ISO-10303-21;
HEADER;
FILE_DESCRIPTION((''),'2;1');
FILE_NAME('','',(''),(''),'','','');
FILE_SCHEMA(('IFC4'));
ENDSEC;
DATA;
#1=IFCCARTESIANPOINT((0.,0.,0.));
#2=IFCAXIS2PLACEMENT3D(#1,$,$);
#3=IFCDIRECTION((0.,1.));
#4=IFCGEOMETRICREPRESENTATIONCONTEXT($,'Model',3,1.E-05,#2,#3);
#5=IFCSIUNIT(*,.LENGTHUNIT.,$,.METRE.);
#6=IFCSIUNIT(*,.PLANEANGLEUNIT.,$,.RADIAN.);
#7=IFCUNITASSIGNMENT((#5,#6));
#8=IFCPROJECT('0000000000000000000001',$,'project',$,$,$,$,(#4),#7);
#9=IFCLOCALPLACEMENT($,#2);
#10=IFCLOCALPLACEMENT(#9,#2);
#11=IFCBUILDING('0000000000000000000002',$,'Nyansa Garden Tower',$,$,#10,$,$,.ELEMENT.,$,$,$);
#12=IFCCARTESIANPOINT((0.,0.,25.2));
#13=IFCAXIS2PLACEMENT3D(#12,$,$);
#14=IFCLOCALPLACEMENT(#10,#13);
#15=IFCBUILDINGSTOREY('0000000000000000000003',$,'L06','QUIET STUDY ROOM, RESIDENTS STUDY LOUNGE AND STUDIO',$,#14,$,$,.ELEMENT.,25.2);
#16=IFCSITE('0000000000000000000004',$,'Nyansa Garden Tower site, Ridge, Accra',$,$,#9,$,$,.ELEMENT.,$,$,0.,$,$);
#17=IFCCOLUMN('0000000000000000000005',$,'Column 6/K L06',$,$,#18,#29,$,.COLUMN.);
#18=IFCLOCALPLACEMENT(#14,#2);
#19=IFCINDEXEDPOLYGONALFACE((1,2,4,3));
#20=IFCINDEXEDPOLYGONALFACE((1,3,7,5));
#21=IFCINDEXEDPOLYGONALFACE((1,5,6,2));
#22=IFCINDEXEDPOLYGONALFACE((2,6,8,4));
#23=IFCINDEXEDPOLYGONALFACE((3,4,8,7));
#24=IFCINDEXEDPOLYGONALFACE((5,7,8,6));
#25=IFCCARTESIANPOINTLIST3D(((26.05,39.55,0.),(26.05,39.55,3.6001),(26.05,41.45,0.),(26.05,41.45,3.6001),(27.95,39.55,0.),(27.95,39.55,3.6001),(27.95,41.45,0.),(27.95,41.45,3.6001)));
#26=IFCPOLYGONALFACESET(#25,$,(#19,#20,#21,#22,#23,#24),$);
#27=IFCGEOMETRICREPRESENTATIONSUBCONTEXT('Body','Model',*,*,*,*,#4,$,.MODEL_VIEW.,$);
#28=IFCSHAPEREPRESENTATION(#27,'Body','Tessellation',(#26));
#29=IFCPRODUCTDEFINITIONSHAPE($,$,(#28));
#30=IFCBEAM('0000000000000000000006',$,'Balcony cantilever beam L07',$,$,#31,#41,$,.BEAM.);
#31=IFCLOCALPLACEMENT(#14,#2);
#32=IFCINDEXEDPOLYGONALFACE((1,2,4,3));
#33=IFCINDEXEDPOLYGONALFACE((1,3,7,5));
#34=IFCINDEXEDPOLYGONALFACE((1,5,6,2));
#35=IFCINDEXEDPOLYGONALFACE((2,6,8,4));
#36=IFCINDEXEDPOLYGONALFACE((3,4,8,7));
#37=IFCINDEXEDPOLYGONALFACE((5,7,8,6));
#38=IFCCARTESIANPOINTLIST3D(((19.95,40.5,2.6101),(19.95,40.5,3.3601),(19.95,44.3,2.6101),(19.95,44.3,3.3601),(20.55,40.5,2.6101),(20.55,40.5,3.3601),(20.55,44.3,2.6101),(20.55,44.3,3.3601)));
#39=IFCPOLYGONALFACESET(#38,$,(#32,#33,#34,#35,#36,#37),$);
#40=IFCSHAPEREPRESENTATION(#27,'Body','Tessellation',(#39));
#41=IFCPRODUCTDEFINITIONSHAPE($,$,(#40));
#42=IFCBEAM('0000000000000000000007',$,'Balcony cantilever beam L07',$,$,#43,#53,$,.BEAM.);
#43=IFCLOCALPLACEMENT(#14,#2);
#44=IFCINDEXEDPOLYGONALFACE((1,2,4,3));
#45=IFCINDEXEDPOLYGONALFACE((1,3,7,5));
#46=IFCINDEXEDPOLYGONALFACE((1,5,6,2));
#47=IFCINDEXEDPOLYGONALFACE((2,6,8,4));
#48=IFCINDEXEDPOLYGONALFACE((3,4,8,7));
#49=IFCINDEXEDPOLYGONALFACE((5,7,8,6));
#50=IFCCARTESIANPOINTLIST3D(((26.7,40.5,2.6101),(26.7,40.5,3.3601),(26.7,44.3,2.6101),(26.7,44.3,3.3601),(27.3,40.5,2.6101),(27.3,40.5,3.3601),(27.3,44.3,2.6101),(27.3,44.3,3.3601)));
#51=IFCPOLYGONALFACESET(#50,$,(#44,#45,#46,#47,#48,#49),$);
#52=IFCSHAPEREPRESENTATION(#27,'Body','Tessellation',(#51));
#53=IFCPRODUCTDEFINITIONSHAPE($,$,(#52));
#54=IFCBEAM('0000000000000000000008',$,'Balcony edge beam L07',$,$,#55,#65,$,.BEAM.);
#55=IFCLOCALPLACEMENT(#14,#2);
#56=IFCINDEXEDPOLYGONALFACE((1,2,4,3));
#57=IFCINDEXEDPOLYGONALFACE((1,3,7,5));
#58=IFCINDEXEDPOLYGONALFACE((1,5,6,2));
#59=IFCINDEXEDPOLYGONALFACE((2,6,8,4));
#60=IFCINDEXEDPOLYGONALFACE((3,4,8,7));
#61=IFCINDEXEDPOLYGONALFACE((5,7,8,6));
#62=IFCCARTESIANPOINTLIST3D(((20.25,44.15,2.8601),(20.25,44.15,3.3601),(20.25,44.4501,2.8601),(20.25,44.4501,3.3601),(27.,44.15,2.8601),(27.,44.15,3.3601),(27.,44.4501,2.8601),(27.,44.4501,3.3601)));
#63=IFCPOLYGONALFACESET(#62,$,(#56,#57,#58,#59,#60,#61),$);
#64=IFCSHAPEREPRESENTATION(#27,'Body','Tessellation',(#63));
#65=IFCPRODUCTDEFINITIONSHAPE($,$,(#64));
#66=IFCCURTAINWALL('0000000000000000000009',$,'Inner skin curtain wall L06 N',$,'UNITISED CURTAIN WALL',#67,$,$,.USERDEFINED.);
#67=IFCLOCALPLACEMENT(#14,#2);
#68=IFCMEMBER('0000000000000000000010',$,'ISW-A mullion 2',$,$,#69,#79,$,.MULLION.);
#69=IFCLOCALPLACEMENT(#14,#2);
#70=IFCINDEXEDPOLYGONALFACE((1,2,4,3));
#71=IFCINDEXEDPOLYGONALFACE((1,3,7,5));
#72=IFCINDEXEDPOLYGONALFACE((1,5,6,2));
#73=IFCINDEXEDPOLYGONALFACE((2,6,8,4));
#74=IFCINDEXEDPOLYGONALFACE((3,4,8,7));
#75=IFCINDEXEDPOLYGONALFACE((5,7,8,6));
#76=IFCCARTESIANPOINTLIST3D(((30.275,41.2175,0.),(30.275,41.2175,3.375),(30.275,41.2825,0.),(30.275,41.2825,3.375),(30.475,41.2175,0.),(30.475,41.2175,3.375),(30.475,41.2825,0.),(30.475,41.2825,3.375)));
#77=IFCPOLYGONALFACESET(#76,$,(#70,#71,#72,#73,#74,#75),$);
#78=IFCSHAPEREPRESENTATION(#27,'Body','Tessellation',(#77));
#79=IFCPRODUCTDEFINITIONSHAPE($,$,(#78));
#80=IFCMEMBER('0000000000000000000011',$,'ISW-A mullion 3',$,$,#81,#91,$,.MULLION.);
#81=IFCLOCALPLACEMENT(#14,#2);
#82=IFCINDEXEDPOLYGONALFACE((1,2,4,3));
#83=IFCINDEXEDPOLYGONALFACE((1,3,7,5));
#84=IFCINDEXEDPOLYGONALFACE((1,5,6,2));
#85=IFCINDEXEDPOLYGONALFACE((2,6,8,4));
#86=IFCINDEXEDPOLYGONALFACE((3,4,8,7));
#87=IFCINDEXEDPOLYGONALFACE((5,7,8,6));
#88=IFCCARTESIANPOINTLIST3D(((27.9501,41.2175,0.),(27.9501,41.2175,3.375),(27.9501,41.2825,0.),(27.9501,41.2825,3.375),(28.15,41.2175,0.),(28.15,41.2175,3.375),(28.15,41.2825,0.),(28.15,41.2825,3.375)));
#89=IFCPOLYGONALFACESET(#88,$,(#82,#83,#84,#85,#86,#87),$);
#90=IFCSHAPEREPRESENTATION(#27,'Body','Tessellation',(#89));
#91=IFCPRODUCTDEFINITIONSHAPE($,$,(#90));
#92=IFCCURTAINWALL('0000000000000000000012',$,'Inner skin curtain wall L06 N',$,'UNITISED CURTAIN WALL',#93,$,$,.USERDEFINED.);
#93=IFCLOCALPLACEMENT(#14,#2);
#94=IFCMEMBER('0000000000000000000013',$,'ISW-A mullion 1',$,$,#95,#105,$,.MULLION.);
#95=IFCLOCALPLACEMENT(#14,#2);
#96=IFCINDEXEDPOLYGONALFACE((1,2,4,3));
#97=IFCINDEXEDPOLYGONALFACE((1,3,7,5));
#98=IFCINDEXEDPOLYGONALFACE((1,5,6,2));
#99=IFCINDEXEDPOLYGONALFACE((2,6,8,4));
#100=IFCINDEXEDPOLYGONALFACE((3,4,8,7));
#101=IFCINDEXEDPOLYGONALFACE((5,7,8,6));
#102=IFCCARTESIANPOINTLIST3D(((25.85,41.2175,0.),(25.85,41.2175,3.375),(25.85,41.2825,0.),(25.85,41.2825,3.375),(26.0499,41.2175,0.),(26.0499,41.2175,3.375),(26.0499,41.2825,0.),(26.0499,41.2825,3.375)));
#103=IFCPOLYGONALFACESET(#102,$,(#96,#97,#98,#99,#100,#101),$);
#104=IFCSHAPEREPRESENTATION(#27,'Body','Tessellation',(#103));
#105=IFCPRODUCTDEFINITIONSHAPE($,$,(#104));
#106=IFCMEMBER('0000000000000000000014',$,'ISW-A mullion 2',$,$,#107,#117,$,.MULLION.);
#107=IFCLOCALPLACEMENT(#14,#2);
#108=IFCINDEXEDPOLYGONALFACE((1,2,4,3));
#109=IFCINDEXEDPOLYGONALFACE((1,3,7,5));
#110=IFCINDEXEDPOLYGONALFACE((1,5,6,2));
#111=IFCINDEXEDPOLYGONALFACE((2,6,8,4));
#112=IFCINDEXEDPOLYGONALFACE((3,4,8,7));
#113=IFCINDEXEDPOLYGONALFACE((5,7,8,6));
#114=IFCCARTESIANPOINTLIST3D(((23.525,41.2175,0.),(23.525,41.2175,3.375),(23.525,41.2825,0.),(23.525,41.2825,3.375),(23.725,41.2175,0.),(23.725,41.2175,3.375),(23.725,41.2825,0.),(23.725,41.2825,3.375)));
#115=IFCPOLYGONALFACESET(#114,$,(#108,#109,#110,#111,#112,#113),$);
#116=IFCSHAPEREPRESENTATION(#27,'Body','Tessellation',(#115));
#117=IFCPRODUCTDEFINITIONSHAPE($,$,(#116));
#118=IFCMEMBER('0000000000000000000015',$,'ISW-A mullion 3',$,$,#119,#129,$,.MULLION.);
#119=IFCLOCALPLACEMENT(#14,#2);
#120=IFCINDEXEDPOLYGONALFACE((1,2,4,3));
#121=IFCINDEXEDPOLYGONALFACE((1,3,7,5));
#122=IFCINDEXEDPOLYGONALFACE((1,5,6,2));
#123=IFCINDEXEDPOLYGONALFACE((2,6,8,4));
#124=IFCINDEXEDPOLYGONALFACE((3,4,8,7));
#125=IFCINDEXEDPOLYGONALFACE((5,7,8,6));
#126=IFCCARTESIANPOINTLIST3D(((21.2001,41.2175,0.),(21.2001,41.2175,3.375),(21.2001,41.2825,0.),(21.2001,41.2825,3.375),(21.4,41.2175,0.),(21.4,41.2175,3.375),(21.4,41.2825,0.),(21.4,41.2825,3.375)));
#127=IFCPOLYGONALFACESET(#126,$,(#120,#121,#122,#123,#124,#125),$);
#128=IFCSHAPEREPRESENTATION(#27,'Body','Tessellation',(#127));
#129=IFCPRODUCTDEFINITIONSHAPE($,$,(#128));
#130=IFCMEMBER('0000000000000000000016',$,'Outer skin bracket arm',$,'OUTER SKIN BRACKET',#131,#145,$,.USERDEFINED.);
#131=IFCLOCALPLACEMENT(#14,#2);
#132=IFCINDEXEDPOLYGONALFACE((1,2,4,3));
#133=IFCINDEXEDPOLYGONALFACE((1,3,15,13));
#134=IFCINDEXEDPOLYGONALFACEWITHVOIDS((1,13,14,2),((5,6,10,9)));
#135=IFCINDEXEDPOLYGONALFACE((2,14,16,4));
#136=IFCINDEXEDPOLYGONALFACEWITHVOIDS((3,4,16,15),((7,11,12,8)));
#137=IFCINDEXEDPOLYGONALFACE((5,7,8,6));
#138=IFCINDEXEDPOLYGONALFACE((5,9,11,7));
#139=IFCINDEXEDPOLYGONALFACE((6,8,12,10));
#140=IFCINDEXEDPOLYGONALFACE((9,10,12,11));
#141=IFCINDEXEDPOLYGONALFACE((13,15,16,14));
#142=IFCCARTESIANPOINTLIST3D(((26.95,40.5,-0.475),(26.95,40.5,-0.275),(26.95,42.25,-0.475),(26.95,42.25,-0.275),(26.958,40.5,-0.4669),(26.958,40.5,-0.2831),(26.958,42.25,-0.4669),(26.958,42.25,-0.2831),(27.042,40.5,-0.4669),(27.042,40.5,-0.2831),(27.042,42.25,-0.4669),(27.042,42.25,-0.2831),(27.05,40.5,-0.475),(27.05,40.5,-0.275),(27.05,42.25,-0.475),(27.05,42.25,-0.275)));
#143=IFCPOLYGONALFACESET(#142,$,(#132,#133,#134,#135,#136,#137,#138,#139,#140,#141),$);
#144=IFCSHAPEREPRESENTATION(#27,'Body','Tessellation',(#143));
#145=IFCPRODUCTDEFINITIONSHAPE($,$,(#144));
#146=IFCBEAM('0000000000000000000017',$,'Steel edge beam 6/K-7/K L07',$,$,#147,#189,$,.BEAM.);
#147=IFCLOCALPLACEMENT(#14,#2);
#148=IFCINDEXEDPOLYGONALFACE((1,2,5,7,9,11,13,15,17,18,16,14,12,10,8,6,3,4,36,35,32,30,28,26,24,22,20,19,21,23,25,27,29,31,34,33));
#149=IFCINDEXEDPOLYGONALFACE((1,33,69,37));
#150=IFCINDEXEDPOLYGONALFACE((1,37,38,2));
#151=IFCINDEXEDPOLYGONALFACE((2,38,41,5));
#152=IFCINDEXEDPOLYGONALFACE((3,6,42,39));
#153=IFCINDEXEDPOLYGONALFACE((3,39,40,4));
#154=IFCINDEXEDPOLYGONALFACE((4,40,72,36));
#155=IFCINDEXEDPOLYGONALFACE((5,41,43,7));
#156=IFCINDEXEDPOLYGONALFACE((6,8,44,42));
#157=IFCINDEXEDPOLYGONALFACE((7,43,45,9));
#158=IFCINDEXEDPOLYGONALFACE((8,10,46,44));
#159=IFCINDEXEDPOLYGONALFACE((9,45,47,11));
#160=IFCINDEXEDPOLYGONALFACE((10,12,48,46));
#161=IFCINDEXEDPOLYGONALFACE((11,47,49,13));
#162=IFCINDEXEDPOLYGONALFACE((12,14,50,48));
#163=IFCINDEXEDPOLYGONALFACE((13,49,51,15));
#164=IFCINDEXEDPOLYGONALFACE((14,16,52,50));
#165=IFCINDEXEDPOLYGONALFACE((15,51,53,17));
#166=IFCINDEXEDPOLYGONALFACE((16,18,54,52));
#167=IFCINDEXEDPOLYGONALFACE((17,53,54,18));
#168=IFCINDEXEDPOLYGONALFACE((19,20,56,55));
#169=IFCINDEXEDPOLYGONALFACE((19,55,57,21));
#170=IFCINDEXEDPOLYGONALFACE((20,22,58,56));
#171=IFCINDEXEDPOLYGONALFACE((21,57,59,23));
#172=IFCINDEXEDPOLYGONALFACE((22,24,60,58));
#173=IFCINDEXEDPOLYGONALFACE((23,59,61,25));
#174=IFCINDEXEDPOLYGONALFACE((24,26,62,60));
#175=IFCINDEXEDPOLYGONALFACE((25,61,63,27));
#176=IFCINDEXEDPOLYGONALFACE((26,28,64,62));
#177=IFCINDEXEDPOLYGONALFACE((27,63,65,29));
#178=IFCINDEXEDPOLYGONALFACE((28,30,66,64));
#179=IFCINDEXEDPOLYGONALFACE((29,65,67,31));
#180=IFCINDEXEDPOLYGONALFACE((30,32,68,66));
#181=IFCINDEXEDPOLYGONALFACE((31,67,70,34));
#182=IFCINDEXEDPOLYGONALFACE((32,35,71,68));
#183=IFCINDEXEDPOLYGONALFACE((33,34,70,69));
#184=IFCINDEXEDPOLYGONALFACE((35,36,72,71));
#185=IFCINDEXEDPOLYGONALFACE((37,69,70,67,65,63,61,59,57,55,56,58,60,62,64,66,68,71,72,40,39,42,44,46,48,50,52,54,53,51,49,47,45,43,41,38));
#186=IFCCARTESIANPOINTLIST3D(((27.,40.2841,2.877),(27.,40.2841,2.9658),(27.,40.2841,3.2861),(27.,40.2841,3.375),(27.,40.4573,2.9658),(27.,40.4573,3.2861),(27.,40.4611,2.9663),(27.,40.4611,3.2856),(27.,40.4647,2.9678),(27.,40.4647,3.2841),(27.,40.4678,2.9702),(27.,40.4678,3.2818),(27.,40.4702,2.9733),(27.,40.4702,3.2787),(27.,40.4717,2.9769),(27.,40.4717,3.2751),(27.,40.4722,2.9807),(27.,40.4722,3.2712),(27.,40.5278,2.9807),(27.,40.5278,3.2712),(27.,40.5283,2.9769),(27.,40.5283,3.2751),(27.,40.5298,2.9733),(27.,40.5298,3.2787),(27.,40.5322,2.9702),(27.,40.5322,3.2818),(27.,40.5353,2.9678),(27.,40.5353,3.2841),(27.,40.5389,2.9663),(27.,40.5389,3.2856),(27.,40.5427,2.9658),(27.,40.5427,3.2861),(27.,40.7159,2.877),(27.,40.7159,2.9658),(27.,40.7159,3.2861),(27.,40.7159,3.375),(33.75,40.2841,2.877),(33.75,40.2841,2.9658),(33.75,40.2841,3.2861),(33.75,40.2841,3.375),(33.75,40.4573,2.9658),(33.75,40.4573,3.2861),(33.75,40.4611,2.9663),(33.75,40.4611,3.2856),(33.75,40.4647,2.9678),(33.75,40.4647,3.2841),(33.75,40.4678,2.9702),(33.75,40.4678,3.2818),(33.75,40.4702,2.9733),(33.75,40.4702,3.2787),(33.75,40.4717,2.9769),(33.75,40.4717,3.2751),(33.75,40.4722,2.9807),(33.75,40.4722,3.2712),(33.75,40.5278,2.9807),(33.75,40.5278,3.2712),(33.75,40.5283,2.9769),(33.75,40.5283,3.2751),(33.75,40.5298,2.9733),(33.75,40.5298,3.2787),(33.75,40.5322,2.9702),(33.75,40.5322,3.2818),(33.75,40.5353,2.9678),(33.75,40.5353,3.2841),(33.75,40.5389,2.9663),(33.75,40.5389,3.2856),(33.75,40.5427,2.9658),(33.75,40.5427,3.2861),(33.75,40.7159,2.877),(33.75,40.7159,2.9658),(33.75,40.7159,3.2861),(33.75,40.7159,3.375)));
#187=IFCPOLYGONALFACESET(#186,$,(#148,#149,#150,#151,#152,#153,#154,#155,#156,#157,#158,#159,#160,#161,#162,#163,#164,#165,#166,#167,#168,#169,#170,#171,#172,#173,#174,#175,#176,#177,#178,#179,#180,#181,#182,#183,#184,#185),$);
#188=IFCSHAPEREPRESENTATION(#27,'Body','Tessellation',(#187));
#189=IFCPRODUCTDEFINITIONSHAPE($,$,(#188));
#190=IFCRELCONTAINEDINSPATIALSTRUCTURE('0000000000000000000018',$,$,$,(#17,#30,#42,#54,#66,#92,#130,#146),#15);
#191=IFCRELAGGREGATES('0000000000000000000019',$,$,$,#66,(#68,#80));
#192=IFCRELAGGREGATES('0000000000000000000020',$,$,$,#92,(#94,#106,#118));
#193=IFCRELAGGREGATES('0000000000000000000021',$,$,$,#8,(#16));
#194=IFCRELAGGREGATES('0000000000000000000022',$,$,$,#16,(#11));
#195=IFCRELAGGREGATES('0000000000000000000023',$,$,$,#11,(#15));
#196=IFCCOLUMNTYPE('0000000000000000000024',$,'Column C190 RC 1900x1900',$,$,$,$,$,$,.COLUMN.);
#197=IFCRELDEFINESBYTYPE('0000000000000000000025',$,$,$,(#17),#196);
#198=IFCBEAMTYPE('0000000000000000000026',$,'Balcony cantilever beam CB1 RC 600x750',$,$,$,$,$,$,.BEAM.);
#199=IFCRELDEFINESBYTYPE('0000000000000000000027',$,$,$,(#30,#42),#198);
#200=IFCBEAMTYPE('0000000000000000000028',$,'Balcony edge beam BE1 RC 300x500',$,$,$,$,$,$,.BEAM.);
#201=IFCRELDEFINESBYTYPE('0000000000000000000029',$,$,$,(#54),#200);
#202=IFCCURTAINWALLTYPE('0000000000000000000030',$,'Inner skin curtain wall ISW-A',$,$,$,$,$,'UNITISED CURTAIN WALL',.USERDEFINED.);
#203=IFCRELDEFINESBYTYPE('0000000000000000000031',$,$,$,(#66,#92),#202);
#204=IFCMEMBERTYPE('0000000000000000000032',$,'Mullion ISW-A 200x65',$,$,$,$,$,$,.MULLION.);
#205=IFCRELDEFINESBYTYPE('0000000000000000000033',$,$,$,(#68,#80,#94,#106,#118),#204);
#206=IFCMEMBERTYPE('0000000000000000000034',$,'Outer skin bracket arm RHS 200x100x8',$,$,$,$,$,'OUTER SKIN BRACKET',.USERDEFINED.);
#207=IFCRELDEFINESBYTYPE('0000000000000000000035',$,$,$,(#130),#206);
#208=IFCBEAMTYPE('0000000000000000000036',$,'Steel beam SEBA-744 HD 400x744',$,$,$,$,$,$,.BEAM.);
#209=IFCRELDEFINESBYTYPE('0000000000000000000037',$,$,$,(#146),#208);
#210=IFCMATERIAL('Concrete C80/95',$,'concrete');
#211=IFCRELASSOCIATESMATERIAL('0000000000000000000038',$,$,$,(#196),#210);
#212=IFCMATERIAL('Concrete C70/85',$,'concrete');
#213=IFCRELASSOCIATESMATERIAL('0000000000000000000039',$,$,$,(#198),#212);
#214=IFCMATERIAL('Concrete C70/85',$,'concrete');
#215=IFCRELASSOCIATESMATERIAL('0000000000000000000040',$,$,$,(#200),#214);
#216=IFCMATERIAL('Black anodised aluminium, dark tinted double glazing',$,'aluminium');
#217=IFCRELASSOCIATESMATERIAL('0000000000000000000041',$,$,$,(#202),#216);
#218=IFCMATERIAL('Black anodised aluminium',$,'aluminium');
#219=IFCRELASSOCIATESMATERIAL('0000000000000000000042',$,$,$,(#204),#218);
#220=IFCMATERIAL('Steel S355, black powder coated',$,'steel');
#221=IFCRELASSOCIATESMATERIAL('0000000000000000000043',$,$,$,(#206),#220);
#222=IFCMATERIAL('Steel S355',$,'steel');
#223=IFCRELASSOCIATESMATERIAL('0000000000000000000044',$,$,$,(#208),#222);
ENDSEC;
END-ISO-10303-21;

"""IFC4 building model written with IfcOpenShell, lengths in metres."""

from ifc_helpers import new_model, si_unit, direction, frame, origin, origin_2d, place, context, subcontext, project, spatial, rectangle, hollow_rectangle, i_section, extrude, material, material_profile, profile_set, type_object, element, aggregate, save


model = new_model("IFC4")

# Units and contexts
model_context = context("Model", 3, precision=1e-05, world=origin(), true_north=direction((0.0, 1.0)))
body_context = subcontext(model_context, "Body", "Model", "MODEL_VIEW")
ifc_project = project(units=[si_unit("LENGTHUNIT", "METRE"), si_unit("PLANEANGLEUNIT", "RADIAN")], contexts=[model_context])

# Site, building, storey
site_placement = place(None, origin())
site = spatial("IfcSite", under=ifc_project, at=site_placement, Name="Nyansa Garden Tower site, Ridge, Accra", CompositionType="ELEMENT", RefElevation=0.0)
building_placement = place(site_placement, origin())
building = spatial("IfcBuilding", under=site, at=building_placement, Name="Nyansa Garden Tower", CompositionType="ELEMENT")
storey_placement = place(building_placement, frame((0.0, 0.0, 25.2)))
storey = spatial("IfcBuildingStorey", under=building, at=storey_placement, Name="L06", Description="QUIET STUDY ROOM, RESIDENTS STUDY LOUNGE AND STUDIO", CompositionType="ELEMENT", Elevation=25.2)

# Column
ifc_material_1 = material(Name="Concrete C80/95", Category="concrete")
ifc_material_profile_1 = material_profile(ifc_material_1, rectangle(XDim=1.8999, YDim=1.8999, at=origin_2d()), Name="RC 1900x1900")
ifc_profile_set_1 = profile_set([ifc_material_profile_1], Name="Concrete C80/95")
column_type = type_object("IfcColumnType", Name="Column C190 RC 1900x1900", PredefinedType="COLUMN", material=ifc_profile_set_1)
column_placement = place(storey_placement, frame((27.0, 40.5, 0.0), z_axis=(0.0, 0.0, 1.0), x_axis=(1.0, 0.0, 0.0)))
element("IfcColumn", 1, at=column_placement, inside=storey, type_object=column_type, Name="Column 6/K L06", PredefinedType="COLUMN", context=body_context, shape_type="SweptSolid", body=[
    extrude(rectangle(XDim=1.8999, YDim=1.8999, at=origin_2d()), origin(), (0.0, 0.0, 1.0), 3.6001),
])

# Beams
ifc_material_2 = material(Name="Concrete C70/85", Category="concrete")
ifc_material_profile_2 = material_profile(ifc_material_2, rectangle(XDim=0.6001, YDim=0.75, at=origin_2d()), Name="RC 600x750")
ifc_profile_set_2 = profile_set([ifc_material_profile_2], Name="Concrete C70/85")
beam_type_1 = type_object("IfcBeamType", Name="Balcony cantilever beam CB1 RC 600x750", PredefinedType="BEAM", material=ifc_profile_set_2)
for number, where, z_axis, x_axis, name in (
    (2, (20.25, 40.5, 2.9851), (0.0, 1.0, 0.0), (-1.0, 0.0, 0.0), "Balcony cantilever beam L07"),
    (3, (27.0, 40.5, 2.9851), (0.0, 1.0, 0.0), (-1.0, 0.0, 0.0), "Balcony cantilever beam L07"),
):
    element("IfcBeam", number, at=place(storey_placement, frame(where, z_axis=z_axis, x_axis=x_axis)), inside=storey, type_object=beam_type_1, Name=name, PredefinedType="BEAM", context=body_context, shape_type="SweptSolid", body=[
        extrude(rectangle(XDim=0.6001, YDim=0.75, at=origin_2d()), origin(), (0.0, 0.0, 1.0), 3.8),
    ])
ifc_material_3 = material(Name="Concrete C70/85", Category="concrete")
ifc_material_profile_3 = material_profile(ifc_material_3, rectangle(XDim=0.3, YDim=0.5, at=origin_2d()), Name="RC 300x500")
ifc_profile_set_3 = profile_set([ifc_material_profile_3], Name="Concrete C70/85")
beam_type_2 = type_object("IfcBeamType", Name="Balcony edge beam BE1 RC 300x500", PredefinedType="BEAM", material=ifc_profile_set_3)
beam_1_placement = place(storey_placement, frame((20.25, 44.3, 3.1101), z_axis=(1.0, 0.0, 0.0), x_axis=(0.0, 1.0, 0.0)))
element("IfcBeam", 4, at=beam_1_placement, inside=storey, type_object=beam_type_2, Name="Balcony edge beam L07", PredefinedType="BEAM", context=body_context, shape_type="SweptSolid", body=[
    extrude(rectangle(XDim=0.3, YDim=0.5, at=origin_2d()), origin(), (0.0, 0.0, 1.0), 6.75),
])

# Curtain walls, members
ifc_material_4 = material(Name="Black anodised aluminium, dark tinted double glazing", Category="aluminium")
curtain_wall_type = type_object("IfcCurtainWallType", Name="Inner skin curtain wall ISW-A", ElementType="UNITISED CURTAIN WALL", PredefinedType="USERDEFINED", material=ifc_material_4)
curtain_wall_1_placement = place(storey_placement, origin())
curtain_wall_1 = element("IfcCurtainWall", 5, at=curtain_wall_1_placement, inside=storey, type_object=curtain_wall_type, Name="Inner skin curtain wall L06 N", ObjectType="UNITISED CURTAIN WALL", PredefinedType="USERDEFINED")
ifc_material_5 = material(Name="Black anodised aluminium", Category="aluminium")
ifc_material_profile_4 = material_profile(ifc_material_5, rectangle(XDim=0.0649, YDim=0.2, at=origin_2d()), Name="Mullion 200x65")
ifc_profile_set_4 = profile_set([ifc_material_profile_4], Name="Black anodised aluminium")
member_type_1 = type_object("IfcMemberType", Name="Mullion ISW-A 200x65", PredefinedType="MULLION", material=ifc_profile_set_4)
member_1_placement = place(storey_placement, frame((30.375, 41.25, 0.0), z_axis=(0.0, 0.0, 1.0), x_axis=(0.0, -1.0, 0.0)))
member_1 = element("IfcMember", 6, at=member_1_placement, type_object=member_type_1, Name="ISW-A mullion 2", PredefinedType="MULLION", context=body_context, shape_type="SweptSolid", body=[
    extrude(rectangle(XDim=0.0649, YDim=0.2, at=origin_2d()), origin(), (0.0, 0.0, 1.0), 3.375),
])
member_2_placement = place(storey_placement, frame((28.05, 41.25, 0.0), z_axis=(0.0, 0.0, 1.0), x_axis=(0.0, -1.0, 0.0)))
member_2 = element("IfcMember", 7, at=member_2_placement, type_object=member_type_1, Name="ISW-A mullion 3", PredefinedType="MULLION", context=body_context, shape_type="SweptSolid", body=[
    extrude(rectangle(XDim=0.0649, YDim=0.2, at=origin_2d()), origin(), (0.0, 0.0, 1.0), 3.375),
])
curtain_wall_2_placement = place(storey_placement, origin())
curtain_wall_2 = element("IfcCurtainWall", 8, at=curtain_wall_2_placement, inside=storey, type_object=curtain_wall_type, Name="Inner skin curtain wall L06 N", ObjectType="UNITISED CURTAIN WALL", PredefinedType="USERDEFINED")
member_3_placement = place(storey_placement, frame((25.95, 41.25, 0.0), z_axis=(0.0, 0.0, 1.0), x_axis=(0.0, -1.0, 0.0)))
member_3 = element("IfcMember", 9, at=member_3_placement, type_object=member_type_1, Name="ISW-A mullion 1", PredefinedType="MULLION", context=body_context, shape_type="SweptSolid", body=[
    extrude(rectangle(XDim=0.0649, YDim=0.2, at=origin_2d()), origin(), (0.0, 0.0, 1.0), 3.375),
])
member_4_placement = place(storey_placement, frame((23.625, 41.25, 0.0), z_axis=(0.0, 0.0, 1.0), x_axis=(0.0, -1.0, 0.0)))
member_4 = element("IfcMember", 10, at=member_4_placement, type_object=member_type_1, Name="ISW-A mullion 2", PredefinedType="MULLION", context=body_context, shape_type="SweptSolid", body=[
    extrude(rectangle(XDim=0.0649, YDim=0.2, at=origin_2d()), origin(), (0.0, 0.0, 1.0), 3.375),
])
member_5_placement = place(storey_placement, frame((21.3, 41.25, 0.0), z_axis=(0.0, 0.0, 1.0), x_axis=(0.0, -1.0, 0.0)))
member_5 = element("IfcMember", 11, at=member_5_placement, type_object=member_type_1, Name="ISW-A mullion 3", PredefinedType="MULLION", context=body_context, shape_type="SweptSolid", body=[
    extrude(rectangle(XDim=0.0649, YDim=0.2, at=origin_2d()), origin(), (0.0, 0.0, 1.0), 3.375),
])

# Member
ifc_material_6 = material(Name="Steel S355, black powder coated", Category="steel")
ifc_material_profile_5 = material_profile(ifc_material_6, hollow_rectangle(XDim=0.1001, YDim=0.2, WallThickness=0.0081, at=origin_2d()), Name="RHS 200x100x8")
ifc_profile_set_5 = profile_set([ifc_material_profile_5], Name="Steel S355, black powder coated")
member_type_2 = type_object("IfcMemberType", Name="Outer skin bracket arm RHS 200x100x8", ElementType="OUTER SKIN BRACKET", PredefinedType="USERDEFINED", material=ifc_profile_set_5)
member_6_placement = place(storey_placement, frame((27.0, 40.5, -0.375), z_axis=(0.0, 1.0, 0.0), x_axis=(-1.0, 0.0, 0.0)))
element("IfcMember", 12, at=member_6_placement, inside=storey, type_object=member_type_2, Name="Outer skin bracket arm", ObjectType="OUTER SKIN BRACKET", PredefinedType="USERDEFINED", context=body_context, shape_type="SweptSolid", body=[
    extrude(hollow_rectangle(XDim=0.1001, YDim=0.2, WallThickness=0.0081, at=origin_2d()), origin(), (0.0, 0.0, 1.0), 1.75),
])

# Beam
ifc_material_7 = material(Name="Steel S355", Category="steel")
ifc_material_profile_6 = material_profile(ifc_material_7, i_section(OverallWidth=0.4319, OverallDepth=0.498, WebThickness=0.0557, FlangeThickness=0.0889, FilletRadius=0.0149, at=origin_2d()), Name="HD 400x744")
ifc_profile_set_6 = profile_set([ifc_material_profile_6], Name="Steel S355")
beam_type_3 = type_object("IfcBeamType", Name="Steel beam SEBA-744 HD 400x744", PredefinedType="BEAM", material=ifc_profile_set_6)
beam_2_placement = place(storey_placement, frame((27.0, 40.5, 3.126), z_axis=(1.0, 0.0, 0.0), x_axis=(0.0, 1.0, 0.0)))
element("IfcBeam", 13, at=beam_2_placement, inside=storey, type_object=beam_type_3, Name="Steel edge beam 6/K-7/K L07", PredefinedType="BEAM", context=body_context, shape_type="SweptSolid", body=[
    extrude(i_section(OverallWidth=0.4319, OverallDepth=0.498, WebThickness=0.0557, FlangeThickness=0.0889, FilletRadius=0.0149, at=origin_2d()), origin(), (0.0, 0.0, 1.0), 6.75),
])

aggregate(curtain_wall_1, [member_1, member_2])
aggregate(curtain_wall_2, [member_3, member_4, member_5])

save(model, "model.ifc")
